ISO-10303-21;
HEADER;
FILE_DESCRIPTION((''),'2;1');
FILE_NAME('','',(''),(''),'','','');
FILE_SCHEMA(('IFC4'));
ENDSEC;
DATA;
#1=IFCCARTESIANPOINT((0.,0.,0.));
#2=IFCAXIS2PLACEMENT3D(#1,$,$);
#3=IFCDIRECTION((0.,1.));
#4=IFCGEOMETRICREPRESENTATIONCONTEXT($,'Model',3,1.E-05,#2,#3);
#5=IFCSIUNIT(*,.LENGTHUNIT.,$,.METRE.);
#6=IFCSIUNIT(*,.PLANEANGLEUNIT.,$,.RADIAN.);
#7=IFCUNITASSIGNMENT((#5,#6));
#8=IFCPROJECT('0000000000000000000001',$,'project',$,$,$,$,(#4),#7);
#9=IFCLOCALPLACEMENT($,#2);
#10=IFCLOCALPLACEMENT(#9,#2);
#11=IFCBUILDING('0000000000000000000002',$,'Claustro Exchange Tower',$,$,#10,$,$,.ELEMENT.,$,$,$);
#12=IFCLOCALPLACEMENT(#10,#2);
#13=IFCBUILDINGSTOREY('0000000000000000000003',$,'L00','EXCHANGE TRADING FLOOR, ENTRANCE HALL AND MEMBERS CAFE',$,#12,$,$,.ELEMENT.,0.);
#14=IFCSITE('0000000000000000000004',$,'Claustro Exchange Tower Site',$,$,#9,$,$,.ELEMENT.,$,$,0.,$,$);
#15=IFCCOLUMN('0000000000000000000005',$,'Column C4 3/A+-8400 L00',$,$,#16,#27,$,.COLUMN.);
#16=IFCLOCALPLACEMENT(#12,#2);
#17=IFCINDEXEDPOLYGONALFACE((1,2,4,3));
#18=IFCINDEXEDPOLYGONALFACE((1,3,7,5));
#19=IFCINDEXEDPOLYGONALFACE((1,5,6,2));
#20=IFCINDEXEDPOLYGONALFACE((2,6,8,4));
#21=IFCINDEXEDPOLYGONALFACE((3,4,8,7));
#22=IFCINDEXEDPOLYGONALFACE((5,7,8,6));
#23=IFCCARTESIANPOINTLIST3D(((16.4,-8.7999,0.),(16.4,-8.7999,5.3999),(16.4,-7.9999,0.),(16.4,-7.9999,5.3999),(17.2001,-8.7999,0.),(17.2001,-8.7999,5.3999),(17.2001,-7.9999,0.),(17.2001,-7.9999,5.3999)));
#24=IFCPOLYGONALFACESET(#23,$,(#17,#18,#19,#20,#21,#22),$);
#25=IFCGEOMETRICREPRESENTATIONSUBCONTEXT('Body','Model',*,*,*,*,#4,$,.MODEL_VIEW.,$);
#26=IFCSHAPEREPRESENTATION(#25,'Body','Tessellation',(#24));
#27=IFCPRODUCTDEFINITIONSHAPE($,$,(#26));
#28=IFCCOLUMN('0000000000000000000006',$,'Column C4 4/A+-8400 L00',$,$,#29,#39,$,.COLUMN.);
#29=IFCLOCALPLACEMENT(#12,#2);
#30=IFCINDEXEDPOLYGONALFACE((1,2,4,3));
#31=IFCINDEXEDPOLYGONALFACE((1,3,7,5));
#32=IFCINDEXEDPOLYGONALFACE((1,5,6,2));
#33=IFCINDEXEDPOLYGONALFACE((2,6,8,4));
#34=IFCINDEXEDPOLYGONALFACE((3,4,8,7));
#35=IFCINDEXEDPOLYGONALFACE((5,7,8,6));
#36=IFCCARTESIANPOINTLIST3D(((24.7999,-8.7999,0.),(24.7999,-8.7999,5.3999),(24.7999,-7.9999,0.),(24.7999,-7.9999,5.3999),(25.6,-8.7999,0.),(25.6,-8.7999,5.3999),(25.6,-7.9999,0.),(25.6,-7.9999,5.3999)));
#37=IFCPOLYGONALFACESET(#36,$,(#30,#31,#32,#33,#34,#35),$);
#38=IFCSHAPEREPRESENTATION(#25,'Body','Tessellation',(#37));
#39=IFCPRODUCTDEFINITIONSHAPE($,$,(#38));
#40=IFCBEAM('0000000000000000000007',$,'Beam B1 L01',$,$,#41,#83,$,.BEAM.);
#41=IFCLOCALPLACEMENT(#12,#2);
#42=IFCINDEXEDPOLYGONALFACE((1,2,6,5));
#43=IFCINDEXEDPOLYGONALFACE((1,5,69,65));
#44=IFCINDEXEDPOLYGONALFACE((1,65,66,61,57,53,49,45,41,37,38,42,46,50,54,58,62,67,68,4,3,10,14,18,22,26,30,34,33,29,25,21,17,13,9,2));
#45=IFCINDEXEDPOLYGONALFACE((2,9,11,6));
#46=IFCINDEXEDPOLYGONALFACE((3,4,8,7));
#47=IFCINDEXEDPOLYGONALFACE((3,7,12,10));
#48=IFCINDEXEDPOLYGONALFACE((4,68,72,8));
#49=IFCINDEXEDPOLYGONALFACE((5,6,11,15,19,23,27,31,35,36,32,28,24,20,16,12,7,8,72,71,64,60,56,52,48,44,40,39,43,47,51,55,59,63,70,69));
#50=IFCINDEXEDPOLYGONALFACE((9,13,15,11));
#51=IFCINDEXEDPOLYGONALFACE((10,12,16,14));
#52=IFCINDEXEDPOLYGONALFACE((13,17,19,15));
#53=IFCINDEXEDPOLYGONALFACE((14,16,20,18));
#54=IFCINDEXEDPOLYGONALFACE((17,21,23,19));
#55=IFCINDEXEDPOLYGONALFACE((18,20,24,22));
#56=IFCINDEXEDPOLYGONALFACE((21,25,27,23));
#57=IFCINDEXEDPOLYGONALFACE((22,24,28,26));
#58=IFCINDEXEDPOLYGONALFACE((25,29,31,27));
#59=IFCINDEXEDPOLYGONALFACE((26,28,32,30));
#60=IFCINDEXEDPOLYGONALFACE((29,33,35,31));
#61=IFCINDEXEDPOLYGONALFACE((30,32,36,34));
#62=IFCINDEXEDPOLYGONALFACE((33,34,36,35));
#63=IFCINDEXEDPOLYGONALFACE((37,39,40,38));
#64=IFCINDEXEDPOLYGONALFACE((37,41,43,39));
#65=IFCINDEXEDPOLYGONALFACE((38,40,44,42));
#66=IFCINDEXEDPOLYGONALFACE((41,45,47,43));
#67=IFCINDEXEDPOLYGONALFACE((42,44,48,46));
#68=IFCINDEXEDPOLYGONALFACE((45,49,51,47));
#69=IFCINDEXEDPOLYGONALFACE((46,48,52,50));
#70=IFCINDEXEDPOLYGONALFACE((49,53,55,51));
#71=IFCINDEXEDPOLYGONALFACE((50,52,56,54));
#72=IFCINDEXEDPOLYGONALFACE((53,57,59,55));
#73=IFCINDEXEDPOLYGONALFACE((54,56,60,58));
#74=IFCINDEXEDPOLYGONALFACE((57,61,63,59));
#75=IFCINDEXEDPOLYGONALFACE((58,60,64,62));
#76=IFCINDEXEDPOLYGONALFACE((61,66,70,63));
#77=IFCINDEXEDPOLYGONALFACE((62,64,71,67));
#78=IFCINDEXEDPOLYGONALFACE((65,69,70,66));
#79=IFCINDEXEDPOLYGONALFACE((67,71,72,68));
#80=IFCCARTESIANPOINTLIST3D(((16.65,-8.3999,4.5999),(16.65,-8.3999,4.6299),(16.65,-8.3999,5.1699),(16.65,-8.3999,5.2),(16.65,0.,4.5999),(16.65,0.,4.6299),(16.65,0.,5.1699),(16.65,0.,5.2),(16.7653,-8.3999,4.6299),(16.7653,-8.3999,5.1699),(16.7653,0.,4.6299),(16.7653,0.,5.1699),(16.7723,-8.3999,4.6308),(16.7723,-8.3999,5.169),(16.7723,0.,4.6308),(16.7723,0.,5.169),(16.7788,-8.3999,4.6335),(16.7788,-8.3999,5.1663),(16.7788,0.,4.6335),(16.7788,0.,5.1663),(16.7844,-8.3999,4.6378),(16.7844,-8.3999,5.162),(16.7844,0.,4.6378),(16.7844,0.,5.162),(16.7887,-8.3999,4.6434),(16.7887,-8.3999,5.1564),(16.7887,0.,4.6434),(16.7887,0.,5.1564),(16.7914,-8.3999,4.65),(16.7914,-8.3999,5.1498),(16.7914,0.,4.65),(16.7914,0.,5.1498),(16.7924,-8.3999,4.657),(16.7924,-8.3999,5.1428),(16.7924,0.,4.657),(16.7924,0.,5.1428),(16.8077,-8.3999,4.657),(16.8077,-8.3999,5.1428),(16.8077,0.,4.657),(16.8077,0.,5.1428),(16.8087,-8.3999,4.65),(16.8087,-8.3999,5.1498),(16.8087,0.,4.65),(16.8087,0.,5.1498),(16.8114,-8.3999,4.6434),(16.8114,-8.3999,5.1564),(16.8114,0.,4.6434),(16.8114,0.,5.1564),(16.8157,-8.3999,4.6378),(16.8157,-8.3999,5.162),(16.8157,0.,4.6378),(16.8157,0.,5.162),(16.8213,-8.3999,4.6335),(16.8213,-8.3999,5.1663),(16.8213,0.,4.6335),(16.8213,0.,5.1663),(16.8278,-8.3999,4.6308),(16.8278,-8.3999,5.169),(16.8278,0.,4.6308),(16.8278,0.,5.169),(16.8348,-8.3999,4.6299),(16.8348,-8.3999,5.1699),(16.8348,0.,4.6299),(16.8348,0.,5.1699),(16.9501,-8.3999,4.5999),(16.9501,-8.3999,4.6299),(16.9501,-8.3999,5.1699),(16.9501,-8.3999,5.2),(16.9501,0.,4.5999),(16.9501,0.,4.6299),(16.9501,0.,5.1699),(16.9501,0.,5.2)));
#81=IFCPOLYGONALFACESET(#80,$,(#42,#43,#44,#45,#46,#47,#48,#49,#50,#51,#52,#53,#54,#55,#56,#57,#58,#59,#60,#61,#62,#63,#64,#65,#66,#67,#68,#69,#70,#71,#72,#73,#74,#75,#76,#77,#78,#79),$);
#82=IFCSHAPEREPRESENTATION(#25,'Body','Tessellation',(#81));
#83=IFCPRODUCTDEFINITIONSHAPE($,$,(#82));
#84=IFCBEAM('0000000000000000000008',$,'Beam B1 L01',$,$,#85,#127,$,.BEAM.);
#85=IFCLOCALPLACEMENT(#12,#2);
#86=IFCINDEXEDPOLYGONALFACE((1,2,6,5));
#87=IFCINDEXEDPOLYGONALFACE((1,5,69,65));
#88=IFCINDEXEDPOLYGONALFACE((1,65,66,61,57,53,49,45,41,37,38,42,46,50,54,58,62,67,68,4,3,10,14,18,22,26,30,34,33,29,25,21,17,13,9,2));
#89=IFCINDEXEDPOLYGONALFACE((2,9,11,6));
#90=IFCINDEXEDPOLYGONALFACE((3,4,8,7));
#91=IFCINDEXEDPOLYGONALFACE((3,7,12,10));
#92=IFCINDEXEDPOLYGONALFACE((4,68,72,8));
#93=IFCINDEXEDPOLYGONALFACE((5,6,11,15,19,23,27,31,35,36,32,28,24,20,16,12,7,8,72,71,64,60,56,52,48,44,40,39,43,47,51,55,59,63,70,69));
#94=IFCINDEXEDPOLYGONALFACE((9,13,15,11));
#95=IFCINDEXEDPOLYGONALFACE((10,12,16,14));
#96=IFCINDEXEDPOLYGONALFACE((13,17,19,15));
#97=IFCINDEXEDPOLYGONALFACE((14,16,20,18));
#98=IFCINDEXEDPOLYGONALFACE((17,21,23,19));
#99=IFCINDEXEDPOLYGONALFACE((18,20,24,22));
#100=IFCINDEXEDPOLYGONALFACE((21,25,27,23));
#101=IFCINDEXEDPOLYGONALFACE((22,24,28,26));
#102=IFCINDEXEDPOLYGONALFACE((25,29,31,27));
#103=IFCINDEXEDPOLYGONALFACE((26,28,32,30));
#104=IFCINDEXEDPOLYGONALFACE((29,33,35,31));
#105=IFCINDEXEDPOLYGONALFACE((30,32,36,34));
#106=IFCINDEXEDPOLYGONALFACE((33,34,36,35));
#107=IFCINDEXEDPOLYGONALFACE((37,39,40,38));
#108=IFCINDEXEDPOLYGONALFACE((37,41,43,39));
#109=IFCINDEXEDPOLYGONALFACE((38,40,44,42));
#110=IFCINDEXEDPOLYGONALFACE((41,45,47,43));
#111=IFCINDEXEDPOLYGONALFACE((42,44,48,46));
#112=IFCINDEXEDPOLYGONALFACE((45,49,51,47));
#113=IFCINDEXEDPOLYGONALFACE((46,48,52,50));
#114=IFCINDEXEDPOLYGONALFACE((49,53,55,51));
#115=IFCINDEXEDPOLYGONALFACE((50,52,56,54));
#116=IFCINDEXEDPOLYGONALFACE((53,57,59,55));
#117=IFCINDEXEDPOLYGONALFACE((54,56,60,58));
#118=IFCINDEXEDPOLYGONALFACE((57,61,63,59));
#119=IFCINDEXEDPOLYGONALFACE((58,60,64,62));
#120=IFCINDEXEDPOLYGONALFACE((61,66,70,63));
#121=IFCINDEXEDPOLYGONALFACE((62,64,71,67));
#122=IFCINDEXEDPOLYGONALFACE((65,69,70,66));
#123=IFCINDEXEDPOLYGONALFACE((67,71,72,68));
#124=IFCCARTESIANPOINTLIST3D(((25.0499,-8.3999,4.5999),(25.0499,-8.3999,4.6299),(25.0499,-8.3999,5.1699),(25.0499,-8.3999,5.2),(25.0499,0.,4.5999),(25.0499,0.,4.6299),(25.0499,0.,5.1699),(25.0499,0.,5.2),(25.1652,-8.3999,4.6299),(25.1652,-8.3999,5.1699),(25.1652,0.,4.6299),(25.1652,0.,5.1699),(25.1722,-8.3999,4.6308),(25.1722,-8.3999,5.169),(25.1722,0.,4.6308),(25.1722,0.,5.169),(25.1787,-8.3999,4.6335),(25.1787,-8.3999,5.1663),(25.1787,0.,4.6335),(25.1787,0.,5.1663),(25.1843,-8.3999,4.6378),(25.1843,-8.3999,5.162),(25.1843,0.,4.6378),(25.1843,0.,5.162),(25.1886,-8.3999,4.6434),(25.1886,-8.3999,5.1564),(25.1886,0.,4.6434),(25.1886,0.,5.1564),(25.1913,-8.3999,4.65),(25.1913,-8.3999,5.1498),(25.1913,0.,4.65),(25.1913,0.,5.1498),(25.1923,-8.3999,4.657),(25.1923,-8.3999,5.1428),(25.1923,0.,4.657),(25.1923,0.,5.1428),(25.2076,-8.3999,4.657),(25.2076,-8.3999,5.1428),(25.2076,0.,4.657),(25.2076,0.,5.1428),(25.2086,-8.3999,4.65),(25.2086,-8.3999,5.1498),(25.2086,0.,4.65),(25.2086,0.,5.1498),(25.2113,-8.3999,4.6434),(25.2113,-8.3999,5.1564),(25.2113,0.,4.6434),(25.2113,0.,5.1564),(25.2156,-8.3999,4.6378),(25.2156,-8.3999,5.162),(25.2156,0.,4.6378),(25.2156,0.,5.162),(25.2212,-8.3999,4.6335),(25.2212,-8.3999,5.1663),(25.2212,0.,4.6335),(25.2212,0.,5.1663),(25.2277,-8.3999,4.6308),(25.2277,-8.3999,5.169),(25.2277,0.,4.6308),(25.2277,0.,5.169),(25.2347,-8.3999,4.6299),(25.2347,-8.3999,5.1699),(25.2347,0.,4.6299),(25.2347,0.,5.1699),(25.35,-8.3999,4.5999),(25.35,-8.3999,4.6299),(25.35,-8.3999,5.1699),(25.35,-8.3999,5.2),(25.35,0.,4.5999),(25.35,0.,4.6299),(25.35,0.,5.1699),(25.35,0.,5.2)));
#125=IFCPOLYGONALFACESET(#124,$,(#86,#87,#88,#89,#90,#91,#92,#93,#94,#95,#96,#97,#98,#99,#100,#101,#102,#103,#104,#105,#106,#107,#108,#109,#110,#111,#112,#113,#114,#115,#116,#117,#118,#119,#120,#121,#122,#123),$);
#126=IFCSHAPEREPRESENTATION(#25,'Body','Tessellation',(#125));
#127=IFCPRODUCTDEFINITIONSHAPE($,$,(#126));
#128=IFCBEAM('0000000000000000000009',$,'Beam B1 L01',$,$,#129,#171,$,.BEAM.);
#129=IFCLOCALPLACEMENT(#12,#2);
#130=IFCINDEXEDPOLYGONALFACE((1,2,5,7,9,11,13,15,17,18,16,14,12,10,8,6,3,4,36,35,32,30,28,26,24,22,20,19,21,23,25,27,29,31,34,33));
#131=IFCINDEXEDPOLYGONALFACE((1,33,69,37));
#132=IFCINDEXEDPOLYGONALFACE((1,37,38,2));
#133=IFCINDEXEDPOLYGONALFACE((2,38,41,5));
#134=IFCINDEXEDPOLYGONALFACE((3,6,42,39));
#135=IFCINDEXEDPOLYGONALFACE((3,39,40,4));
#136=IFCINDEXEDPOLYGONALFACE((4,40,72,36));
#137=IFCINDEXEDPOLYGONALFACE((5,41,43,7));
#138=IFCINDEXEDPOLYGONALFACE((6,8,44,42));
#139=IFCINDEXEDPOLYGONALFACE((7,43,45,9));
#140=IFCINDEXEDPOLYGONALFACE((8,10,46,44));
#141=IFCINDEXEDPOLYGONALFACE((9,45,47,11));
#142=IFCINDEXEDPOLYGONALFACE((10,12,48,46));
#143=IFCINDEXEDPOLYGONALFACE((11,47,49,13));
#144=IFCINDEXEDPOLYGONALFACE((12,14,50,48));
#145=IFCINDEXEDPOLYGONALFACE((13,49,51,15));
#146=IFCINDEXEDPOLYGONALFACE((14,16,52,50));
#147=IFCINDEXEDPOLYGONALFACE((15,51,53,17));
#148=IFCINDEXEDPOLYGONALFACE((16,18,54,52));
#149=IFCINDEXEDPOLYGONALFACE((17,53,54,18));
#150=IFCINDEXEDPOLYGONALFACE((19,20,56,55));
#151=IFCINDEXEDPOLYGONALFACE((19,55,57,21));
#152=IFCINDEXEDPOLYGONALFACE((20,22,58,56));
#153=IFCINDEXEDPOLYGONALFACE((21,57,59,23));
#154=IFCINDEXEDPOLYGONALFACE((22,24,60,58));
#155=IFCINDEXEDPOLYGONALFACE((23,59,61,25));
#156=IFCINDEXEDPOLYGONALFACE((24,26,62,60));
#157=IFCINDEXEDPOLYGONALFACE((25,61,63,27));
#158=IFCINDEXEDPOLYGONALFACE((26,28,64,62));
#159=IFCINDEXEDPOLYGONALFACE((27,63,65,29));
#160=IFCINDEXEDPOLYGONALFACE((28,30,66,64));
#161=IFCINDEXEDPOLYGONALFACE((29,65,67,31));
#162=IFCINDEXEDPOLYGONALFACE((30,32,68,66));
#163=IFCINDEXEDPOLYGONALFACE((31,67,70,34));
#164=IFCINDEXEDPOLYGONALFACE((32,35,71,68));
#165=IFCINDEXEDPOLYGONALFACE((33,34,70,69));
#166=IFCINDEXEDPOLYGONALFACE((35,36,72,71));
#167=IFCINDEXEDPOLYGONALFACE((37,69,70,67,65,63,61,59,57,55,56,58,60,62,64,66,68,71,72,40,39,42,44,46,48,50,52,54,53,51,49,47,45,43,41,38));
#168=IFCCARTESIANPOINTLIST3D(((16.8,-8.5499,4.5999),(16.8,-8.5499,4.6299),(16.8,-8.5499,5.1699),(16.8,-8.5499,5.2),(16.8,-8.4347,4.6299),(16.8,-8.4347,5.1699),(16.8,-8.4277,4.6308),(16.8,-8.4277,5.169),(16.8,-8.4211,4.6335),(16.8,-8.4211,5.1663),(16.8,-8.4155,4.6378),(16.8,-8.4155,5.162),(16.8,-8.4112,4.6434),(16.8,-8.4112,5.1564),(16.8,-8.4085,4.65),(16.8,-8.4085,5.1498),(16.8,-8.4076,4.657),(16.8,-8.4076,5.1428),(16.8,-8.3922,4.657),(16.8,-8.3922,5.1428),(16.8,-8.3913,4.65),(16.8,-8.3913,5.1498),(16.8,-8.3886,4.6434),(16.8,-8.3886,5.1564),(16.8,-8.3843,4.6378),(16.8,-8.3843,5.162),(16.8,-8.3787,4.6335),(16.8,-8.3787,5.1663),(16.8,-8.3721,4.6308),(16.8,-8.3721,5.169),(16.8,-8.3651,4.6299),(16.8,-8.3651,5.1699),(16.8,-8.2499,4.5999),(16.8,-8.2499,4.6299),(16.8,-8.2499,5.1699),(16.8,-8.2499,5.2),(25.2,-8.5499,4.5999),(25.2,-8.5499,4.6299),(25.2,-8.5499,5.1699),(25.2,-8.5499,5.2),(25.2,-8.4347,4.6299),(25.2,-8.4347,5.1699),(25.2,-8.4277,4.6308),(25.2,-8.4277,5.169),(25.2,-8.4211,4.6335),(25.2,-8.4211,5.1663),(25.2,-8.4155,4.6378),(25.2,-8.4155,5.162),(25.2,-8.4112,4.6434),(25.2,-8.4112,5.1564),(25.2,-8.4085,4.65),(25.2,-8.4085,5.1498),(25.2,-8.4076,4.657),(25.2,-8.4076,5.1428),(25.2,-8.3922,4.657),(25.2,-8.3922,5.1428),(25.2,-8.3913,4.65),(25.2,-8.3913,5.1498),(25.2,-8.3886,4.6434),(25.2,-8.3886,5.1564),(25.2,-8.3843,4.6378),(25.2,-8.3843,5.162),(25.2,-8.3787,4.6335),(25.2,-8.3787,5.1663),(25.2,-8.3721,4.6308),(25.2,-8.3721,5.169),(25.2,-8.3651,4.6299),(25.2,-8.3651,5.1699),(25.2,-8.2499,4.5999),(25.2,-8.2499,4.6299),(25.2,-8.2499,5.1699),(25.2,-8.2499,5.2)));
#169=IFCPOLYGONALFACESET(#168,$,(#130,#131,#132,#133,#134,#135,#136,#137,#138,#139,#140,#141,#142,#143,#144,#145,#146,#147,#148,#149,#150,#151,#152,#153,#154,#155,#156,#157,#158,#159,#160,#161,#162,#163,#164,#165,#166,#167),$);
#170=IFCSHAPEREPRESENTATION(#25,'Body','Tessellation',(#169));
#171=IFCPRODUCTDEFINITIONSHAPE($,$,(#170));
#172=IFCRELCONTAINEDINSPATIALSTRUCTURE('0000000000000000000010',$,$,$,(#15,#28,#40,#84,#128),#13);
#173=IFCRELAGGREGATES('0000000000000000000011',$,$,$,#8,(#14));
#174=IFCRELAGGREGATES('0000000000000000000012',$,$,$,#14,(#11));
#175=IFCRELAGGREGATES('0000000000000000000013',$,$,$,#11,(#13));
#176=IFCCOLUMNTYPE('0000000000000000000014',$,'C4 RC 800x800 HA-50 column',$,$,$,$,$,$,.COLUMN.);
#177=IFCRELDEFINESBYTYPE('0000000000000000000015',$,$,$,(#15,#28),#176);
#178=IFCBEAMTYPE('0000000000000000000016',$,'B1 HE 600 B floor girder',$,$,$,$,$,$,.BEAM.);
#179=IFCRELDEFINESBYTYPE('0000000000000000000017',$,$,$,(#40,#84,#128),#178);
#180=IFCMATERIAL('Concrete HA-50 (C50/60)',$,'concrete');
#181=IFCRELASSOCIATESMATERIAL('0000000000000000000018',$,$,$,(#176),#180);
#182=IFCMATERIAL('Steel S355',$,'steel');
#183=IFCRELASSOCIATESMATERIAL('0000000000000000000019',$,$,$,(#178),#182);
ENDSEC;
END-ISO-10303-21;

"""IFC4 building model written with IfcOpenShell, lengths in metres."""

from ifc_helpers import new_model, si_unit, direction, frame, origin, origin_2d, place, context, subcontext, project, spatial, rectangle, i_section, extrude, material, material_profile, profile_set, type_object, element, save


model = new_model("IFC4")

# Units and contexts
model_context = context("Model", 3, precision=1e-05, world=origin(), true_north=direction((0.0, 1.0)))
body_context = subcontext(model_context, "Body", "Model", "MODEL_VIEW")
ifc_project = project(units=[si_unit("LENGTHUNIT", "METRE"), si_unit("PLANEANGLEUNIT", "RADIAN")], contexts=[model_context])

# Site, building, storey
site_placement = place(None, origin())
site = spatial("IfcSite", under=ifc_project, at=site_placement, Name="Claustro Exchange Tower Site", CompositionType="ELEMENT", RefElevation=0.0)
building_placement = place(site_placement, origin())
building = spatial("IfcBuilding", under=site, at=building_placement, Name="Claustro Exchange Tower", CompositionType="ELEMENT")
storey_placement = place(building_placement, origin())
storey = spatial("IfcBuildingStorey", under=building, at=storey_placement, Name="L00", Description="EXCHANGE TRADING FLOOR, ENTRANCE HALL AND MEMBERS CAFE", CompositionType="ELEMENT", Elevation=0.0)

# Columns
ifc_material_1 = material(Name="Concrete HA-50 (C50/60)", Category="concrete")
ifc_material_profile_1 = material_profile(ifc_material_1, rectangle(XDim=0.8, YDim=0.8, at=origin_2d()), Name="RC 800x800")
ifc_profile_set_1 = profile_set([ifc_material_profile_1], Name="Concrete HA-50 (C50/60)")
column_type = type_object("IfcColumnType", Name="C4 RC 800x800 HA-50 column", PredefinedType="COLUMN", material=ifc_profile_set_1)
for number, where, z_axis, x_axis, name in (
    (1, (16.8, -8.3999, 0.0), (0.0, 0.0, 1.0), (1.0, 0.0, 0.0), "Column C4 3/A+-8400 L00"),
    (2, (25.2, -8.3999, 0.0), (0.0, 0.0, 1.0), (1.0, 0.0, 0.0), "Column C4 4/A+-8400 L00"),
):
    element("IfcColumn", number, at=place(storey_placement, frame(where, z_axis=z_axis, x_axis=x_axis)), inside=storey, type_object=column_type, Name=name, PredefinedType="COLUMN", context=body_context, shape_type="SweptSolid", body=[
        extrude(rectangle(XDim=0.8, YDim=0.8, at=origin_2d()), origin(), (0.0, 0.0, 1.0), 5.3999),
    ])

# Beams
ifc_material_2 = material(Name="Steel S355", Category="steel")
ifc_material_profile_2 = material_profile(ifc_material_2, i_section(OverallWidth=0.3, OverallDepth=0.6001, WebThickness=0.0154, FlangeThickness=0.03, FilletRadius=0.0271, at=origin_2d()), Name="HE 600 B")
ifc_profile_set_2 = profile_set([ifc_material_profile_2], Name="Steel S355")
beam_type_1 = type_object("IfcBeamType", Name="B1 HE 600 B floor girder", PredefinedType="BEAM", material=ifc_profile_set_2)
for number, where, z_axis, x_axis, name in (
    (3, (16.8, -8.3999, 4.8999), (0.0, 1.0, 0.0), (-1.0, 0.0, 0.0), "Beam B1 L01"),
    (4, (25.2, -8.3999, 4.8999), (0.0, 1.0, 0.0), (-1.0, 0.0, 0.0), "Beam B1 L01"),
    (5, (16.8, -8.3999, 4.8999), (1.0, 0.0, 0.0), (0.0, 1.0, 0.0), "Beam B1 L01"),
):
    element("IfcBeam", number, at=place(storey_placement, frame(where, z_axis=z_axis, x_axis=x_axis)), inside=storey, type_object=beam_type_1, Name=name, PredefinedType="BEAM", context=body_context, shape_type="SweptSolid", body=[
        extrude(i_section(OverallWidth=0.3, OverallDepth=0.6001, WebThickness=0.0154, FlangeThickness=0.03, FilletRadius=0.0271, at=origin_2d()), origin(), (0.0, 0.0, 1.0), 8.3999),
    ])

save(model, "model.ifc")
